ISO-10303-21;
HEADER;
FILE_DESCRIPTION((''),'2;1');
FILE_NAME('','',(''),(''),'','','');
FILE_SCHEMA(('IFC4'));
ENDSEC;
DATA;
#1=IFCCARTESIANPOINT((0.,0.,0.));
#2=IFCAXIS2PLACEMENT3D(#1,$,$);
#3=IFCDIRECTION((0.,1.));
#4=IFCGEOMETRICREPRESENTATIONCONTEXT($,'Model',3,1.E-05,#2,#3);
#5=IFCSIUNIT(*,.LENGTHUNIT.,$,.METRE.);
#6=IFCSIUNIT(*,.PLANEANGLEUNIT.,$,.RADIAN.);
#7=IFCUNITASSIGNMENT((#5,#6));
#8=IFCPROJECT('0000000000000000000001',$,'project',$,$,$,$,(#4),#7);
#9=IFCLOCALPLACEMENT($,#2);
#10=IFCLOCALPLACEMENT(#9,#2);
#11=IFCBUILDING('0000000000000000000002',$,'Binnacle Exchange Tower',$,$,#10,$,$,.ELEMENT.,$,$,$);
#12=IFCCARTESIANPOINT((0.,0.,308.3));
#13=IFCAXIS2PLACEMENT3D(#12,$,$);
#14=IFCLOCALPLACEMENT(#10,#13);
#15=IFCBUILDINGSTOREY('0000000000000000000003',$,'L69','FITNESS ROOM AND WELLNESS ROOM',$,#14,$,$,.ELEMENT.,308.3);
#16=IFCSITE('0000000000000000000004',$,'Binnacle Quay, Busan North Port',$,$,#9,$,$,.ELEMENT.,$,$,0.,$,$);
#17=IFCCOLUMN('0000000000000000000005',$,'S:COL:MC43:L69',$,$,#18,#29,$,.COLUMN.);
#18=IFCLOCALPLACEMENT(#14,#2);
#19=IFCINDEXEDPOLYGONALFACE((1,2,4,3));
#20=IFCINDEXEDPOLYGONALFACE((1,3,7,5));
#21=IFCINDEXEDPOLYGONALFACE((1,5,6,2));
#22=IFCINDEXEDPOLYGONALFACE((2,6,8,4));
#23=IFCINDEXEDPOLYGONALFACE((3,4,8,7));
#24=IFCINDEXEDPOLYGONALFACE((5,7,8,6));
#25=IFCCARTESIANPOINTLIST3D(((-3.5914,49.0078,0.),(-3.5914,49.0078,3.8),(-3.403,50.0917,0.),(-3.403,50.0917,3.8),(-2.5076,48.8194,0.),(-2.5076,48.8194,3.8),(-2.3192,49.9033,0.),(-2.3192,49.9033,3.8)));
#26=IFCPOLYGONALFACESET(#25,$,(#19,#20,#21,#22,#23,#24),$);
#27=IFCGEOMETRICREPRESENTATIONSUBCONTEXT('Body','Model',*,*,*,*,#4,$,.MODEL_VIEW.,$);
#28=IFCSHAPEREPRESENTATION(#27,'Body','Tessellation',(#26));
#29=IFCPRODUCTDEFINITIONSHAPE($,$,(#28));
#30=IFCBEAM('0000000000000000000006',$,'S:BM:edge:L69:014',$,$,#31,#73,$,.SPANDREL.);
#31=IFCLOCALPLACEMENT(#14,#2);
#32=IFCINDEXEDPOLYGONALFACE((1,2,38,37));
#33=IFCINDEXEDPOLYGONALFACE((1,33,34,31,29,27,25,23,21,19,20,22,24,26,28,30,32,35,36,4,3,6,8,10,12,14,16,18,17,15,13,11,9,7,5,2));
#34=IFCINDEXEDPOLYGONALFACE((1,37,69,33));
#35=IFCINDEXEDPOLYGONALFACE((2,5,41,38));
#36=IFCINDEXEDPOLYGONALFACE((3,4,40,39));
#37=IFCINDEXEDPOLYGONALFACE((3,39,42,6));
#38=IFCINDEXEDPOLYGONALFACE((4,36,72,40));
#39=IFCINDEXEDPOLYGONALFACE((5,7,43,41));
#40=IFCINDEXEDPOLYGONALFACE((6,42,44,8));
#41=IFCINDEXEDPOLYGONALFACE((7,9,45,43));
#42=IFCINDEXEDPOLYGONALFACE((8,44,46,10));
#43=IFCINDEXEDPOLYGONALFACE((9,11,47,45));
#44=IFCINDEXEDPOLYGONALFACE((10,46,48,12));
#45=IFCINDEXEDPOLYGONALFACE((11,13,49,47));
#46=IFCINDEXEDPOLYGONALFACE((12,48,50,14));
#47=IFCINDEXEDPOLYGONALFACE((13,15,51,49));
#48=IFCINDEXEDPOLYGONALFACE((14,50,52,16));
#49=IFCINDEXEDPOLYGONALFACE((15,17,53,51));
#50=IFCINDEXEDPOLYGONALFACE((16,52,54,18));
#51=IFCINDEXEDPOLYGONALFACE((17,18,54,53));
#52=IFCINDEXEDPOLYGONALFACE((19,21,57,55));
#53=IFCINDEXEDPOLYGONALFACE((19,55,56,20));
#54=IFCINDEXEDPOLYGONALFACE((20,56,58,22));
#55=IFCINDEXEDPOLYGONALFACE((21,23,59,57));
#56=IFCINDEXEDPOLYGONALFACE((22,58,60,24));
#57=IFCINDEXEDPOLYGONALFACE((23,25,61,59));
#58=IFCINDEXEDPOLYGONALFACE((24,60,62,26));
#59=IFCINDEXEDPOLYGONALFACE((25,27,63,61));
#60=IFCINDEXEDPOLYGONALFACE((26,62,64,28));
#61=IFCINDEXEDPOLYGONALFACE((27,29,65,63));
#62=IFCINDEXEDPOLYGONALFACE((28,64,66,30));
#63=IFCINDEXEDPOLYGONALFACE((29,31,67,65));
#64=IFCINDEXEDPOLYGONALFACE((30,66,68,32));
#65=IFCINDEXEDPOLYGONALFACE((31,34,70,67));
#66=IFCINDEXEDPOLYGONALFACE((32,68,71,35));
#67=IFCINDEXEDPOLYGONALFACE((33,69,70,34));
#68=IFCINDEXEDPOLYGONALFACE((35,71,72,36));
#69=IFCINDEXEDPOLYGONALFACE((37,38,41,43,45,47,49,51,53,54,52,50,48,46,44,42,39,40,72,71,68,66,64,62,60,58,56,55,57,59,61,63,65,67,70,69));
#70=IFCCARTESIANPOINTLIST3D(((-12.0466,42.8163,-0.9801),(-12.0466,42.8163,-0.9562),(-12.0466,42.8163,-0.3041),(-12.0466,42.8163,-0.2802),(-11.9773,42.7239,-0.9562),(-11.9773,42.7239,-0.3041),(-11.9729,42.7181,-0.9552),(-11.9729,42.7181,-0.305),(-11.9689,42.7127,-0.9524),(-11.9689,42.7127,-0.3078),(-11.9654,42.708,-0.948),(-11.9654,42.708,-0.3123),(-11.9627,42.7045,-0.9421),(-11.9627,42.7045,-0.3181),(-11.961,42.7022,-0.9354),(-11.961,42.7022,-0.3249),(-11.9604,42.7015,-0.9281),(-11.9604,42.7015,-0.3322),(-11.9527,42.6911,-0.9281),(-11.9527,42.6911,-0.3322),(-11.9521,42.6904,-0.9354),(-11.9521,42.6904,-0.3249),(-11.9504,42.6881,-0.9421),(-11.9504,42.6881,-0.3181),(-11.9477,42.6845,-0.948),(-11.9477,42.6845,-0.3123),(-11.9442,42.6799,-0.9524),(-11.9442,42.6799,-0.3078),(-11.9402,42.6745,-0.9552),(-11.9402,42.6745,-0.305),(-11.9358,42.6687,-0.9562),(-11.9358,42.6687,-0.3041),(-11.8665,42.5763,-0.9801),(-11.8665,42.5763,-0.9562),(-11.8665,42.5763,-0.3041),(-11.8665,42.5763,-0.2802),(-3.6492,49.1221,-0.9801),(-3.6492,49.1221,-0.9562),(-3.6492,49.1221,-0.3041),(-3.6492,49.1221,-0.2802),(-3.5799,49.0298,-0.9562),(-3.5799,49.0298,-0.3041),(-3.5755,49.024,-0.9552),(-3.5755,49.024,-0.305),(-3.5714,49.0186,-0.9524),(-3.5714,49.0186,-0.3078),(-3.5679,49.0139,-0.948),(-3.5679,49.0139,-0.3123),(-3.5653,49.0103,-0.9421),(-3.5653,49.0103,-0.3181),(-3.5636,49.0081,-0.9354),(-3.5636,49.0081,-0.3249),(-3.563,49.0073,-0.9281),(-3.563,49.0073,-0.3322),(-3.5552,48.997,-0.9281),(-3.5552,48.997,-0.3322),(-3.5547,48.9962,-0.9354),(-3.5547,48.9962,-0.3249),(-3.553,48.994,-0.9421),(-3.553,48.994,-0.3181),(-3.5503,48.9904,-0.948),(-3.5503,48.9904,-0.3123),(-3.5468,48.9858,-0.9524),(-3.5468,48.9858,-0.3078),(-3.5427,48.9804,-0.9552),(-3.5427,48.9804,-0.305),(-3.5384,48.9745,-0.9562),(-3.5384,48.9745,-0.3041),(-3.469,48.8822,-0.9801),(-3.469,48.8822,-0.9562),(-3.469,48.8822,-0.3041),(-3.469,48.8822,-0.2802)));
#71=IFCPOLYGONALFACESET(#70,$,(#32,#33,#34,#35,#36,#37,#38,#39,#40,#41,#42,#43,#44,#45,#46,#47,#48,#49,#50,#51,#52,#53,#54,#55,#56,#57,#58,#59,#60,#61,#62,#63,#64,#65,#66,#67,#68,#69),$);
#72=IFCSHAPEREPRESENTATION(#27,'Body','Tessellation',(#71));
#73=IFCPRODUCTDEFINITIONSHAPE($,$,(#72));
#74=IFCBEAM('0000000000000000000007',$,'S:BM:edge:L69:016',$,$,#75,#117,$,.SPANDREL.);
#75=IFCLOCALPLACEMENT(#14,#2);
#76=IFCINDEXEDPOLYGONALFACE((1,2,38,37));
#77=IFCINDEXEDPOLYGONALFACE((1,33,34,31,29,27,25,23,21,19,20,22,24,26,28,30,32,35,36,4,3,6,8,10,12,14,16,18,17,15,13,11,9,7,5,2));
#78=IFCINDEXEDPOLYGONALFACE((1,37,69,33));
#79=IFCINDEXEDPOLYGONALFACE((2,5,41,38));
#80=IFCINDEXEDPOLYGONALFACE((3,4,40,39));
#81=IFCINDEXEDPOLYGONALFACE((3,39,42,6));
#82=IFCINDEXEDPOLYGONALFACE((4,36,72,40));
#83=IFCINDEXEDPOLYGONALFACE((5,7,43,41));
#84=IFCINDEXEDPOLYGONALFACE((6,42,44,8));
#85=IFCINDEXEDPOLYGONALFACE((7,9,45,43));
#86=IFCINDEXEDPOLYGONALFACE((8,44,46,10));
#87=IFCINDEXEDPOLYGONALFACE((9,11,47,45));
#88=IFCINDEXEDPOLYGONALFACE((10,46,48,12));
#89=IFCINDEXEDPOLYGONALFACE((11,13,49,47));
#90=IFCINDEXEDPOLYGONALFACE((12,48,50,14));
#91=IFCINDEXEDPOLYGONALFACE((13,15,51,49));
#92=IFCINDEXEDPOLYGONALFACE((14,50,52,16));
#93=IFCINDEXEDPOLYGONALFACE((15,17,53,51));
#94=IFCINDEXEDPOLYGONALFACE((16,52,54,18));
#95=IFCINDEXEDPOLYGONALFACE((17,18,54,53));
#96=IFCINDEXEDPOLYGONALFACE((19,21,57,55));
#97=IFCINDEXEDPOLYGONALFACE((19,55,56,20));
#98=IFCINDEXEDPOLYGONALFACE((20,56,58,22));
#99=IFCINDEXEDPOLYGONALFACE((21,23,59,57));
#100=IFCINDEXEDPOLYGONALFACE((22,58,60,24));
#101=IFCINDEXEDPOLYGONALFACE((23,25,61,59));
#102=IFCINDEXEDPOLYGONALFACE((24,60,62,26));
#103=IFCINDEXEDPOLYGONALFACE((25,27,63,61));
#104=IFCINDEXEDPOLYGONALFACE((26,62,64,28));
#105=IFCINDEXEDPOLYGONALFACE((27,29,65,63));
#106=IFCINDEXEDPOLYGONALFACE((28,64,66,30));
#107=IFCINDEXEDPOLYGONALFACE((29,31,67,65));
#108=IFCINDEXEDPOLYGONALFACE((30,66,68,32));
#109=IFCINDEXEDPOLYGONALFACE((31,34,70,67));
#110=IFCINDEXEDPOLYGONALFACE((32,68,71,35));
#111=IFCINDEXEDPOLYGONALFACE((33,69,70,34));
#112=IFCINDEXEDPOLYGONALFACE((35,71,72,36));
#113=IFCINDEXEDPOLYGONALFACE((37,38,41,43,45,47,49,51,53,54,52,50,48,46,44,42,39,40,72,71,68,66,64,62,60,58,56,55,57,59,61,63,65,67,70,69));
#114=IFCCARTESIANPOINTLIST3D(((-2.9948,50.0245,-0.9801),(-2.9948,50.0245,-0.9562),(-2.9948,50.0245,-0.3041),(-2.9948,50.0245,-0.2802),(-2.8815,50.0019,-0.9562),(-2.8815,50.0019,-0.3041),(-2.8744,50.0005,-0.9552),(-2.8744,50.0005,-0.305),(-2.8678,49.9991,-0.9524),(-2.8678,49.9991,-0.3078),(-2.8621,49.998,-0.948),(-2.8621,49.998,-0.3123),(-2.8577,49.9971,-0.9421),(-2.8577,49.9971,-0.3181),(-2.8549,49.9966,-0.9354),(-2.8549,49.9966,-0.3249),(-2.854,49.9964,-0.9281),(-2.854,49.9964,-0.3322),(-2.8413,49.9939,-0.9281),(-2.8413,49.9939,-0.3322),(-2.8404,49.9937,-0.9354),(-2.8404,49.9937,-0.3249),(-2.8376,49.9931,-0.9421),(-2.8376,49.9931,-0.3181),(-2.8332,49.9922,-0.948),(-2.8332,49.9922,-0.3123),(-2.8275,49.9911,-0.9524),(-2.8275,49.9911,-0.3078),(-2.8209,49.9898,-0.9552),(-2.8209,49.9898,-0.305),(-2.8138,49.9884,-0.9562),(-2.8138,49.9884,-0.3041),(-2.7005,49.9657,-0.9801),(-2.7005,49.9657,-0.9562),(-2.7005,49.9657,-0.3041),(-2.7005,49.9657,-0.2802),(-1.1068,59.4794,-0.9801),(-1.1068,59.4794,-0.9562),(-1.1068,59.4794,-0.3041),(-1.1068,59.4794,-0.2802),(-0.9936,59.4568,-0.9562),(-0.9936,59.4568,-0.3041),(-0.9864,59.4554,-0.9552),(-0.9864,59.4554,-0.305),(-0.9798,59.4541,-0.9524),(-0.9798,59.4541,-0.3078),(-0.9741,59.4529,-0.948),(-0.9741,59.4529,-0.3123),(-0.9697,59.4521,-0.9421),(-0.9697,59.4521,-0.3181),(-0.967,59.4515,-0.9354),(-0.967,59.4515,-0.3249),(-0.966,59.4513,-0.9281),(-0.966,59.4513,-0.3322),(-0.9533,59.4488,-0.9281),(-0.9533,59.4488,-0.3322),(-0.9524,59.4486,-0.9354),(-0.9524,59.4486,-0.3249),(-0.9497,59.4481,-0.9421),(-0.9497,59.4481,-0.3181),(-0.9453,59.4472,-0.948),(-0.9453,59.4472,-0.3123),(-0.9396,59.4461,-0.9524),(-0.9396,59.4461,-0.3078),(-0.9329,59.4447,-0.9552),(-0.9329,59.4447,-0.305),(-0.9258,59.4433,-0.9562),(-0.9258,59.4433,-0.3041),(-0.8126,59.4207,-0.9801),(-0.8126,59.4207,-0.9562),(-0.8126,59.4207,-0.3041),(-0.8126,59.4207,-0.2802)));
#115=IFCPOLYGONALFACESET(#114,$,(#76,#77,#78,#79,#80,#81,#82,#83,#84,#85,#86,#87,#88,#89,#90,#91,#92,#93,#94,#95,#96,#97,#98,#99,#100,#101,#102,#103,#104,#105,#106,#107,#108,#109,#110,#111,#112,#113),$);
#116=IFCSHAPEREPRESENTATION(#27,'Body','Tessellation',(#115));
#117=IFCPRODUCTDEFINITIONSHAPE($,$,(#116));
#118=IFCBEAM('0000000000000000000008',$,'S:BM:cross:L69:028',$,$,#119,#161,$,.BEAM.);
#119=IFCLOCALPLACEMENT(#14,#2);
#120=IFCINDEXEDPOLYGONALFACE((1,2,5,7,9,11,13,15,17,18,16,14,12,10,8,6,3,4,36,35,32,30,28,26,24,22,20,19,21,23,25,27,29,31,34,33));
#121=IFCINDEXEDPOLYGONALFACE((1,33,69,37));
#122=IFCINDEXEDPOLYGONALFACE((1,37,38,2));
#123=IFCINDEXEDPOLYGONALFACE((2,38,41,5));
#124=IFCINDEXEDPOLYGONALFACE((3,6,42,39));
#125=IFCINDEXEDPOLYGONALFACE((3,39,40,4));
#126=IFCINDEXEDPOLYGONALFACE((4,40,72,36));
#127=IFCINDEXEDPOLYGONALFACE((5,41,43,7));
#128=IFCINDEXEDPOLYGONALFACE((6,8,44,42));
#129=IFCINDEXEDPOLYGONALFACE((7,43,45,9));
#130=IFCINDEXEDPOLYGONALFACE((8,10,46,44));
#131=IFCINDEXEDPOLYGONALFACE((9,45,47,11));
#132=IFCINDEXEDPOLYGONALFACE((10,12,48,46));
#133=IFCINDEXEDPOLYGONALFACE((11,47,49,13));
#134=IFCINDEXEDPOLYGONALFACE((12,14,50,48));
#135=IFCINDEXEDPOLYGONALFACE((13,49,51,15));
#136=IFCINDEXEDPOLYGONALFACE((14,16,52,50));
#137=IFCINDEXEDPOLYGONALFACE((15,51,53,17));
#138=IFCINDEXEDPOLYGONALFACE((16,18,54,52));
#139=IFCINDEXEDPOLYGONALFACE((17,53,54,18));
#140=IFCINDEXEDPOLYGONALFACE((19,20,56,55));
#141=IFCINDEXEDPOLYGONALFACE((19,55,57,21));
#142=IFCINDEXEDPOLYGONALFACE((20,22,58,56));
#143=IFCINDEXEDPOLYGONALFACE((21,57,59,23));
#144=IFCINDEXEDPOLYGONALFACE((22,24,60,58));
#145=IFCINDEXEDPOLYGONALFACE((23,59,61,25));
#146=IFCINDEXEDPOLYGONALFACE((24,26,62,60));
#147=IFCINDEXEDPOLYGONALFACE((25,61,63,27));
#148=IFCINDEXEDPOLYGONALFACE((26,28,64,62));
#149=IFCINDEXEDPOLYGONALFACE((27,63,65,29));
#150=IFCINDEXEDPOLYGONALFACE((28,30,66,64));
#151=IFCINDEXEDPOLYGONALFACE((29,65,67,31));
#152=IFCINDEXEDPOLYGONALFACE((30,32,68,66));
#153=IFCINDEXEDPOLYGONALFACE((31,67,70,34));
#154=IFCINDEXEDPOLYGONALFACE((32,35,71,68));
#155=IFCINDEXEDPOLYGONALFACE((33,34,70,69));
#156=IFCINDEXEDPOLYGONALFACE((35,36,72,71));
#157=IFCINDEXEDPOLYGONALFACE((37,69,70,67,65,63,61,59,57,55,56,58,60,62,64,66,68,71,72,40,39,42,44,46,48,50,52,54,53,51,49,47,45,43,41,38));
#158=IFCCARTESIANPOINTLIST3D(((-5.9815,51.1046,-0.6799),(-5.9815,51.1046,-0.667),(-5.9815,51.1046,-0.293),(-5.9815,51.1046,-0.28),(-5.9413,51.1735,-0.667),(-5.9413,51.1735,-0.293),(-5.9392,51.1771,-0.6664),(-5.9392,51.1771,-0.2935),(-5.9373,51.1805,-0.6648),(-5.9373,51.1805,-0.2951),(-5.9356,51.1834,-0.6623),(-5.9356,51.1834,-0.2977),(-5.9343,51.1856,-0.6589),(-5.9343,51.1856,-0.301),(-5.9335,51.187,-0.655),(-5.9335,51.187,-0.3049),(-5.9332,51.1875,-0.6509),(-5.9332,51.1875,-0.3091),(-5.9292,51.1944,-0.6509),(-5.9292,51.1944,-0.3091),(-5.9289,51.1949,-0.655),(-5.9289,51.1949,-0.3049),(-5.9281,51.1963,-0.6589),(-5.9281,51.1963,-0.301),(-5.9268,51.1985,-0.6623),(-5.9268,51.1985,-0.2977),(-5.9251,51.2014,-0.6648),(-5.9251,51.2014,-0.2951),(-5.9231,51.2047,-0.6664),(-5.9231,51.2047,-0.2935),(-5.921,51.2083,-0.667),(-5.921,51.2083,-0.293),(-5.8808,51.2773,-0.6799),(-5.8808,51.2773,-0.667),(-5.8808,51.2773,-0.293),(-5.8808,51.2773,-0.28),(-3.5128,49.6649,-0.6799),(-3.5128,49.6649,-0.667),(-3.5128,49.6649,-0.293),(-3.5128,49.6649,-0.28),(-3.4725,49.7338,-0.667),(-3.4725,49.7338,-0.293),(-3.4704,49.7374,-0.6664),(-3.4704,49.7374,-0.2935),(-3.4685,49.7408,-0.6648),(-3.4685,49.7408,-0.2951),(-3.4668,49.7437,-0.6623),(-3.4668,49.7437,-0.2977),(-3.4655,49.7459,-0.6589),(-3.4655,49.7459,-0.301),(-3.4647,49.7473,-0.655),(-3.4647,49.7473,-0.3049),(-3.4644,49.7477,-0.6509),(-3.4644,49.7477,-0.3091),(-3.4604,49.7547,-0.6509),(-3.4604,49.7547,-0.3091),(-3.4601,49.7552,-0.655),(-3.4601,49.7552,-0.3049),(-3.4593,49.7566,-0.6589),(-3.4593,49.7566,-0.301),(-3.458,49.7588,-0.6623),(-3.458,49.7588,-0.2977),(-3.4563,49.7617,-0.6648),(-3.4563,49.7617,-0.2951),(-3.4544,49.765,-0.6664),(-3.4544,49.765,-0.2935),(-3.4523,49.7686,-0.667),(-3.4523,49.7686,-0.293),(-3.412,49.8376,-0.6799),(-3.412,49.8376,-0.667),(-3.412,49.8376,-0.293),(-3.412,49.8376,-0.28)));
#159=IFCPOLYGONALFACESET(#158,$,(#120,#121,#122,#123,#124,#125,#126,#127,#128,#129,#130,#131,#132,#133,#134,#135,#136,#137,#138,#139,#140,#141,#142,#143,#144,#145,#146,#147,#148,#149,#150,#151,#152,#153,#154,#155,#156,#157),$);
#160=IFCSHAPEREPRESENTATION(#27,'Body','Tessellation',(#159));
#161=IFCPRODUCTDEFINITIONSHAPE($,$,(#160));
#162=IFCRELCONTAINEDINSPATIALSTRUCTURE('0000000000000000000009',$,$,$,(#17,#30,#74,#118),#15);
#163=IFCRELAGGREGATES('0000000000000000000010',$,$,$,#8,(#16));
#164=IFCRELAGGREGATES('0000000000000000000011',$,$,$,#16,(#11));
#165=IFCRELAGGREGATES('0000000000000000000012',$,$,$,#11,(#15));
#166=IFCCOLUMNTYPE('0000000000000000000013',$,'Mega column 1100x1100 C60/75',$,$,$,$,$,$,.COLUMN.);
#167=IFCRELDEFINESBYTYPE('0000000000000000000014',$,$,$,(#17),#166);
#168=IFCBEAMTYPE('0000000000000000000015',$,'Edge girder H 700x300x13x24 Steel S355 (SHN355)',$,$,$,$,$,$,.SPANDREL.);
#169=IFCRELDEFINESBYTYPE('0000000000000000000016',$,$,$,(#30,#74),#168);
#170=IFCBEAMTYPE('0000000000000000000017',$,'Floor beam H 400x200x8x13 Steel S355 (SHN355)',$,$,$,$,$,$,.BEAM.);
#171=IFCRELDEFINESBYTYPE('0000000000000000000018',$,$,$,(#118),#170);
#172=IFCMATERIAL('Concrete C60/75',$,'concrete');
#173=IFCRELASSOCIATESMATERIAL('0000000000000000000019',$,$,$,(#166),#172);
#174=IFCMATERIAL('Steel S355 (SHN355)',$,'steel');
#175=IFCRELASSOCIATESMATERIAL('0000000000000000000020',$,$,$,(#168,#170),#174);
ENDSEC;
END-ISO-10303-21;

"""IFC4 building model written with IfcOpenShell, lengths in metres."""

from ifc_helpers import new_model, si_unit, direction, frame, origin, origin_2d, place, context, subcontext, project, spatial, rectangle, i_section, extrude, material, material_profile, profile_set, type_object, element, save


model = new_model("IFC4")

# Units and contexts
model_context = context("Model", 3, precision=1e-05, world=origin(), true_north=direction((0.0, 1.0)))
body_context = subcontext(model_context, "Body", "Model", "MODEL_VIEW")
ifc_project = project(units=[si_unit("LENGTHUNIT", "METRE"), si_unit("PLANEANGLEUNIT", "RADIAN")], contexts=[model_context])

# Site, building, storey
site_placement = place(None, origin())
site = spatial("IfcSite", under=ifc_project, at=site_placement, Name="Binnacle Quay, Busan North Port", CompositionType="ELEMENT", RefElevation=0.0)
building_placement = place(site_placement, origin())
building = spatial("IfcBuilding", under=site, at=building_placement, Name="Binnacle Exchange Tower", CompositionType="ELEMENT")
storey_placement = place(building_placement, frame((0.0, 0.0, 308.3)))
storey = spatial("IfcBuildingStorey", under=building, at=storey_placement, Name="L69", Description="FITNESS ROOM AND WELLNESS ROOM", CompositionType="ELEMENT", Elevation=308.3)

# Column
ifc_material_1 = material(Name="Concrete C60/75", Category="concrete")
ifc_material_profile_1 = material_profile(ifc_material_1, rectangle(XDim=1.1001, YDim=1.1001, at=origin_2d()), Name="Mega column 1100x1100 C60/75")
ifc_profile_set_1 = profile_set([ifc_material_profile_1], Name="Concrete C60/75")
column_type = type_object("IfcColumnType", Name="Mega column 1100x1100 C60/75", PredefinedType="COLUMN", material=ifc_profile_set_1)
column_placement = place(storey_placement, frame((-2.9553, 49.4556, 0.0), z_axis=(0.0, 0.0, 1.0), x_axis=(-0.985226, 0.171259, 0.0)))
element("IfcColumn", 1, at=column_placement, inside=storey, type_object=column_type, Name="S:COL:MC43:L69", PredefinedType="COLUMN", context=body_context, shape_type="SweptSolid", body=[
    extrude(rectangle(XDim=1.1001, YDim=1.1001, at=origin_2d()), origin(), (0.0, 0.0, 1.0), 3.8),
])

# Beams
ifc_material_2 = material(Name="Steel S355 (SHN355)", Category="steel")
ifc_material_profile_2 = material_profile(ifc_material_2, i_section(OverallWidth=0.3, OverallDepth=0.7, WebThickness=0.0129, FlangeThickness=0.0239, FilletRadius=0.0281, at=origin_2d()), Name="H 700x300x13x24")
ifc_profile_set_2 = profile_set([ifc_material_profile_2], Name="Steel S355 (SHN355)")
beam_type_1 = type_object("IfcBeamType", Name="Edge girder H 700x300x13x24 Steel S355 (SHN355)", PredefinedType="SPANDREL", material=ifc_profile_set_2)
beam_1_placement = place(storey_placement, frame((-11.9565, 42.6963, -0.6301), z_axis=(0.799643, 0.600476, 0.0), x_axis=(-0.600476, 0.799643, 0.0)))
element("IfcBeam", 2, at=beam_1_placement, inside=storey, type_object=beam_type_1, Name="S:BM:edge:L69:014", PredefinedType="SPANDREL", context=body_context, shape_type="SweptSolid", body=[
    extrude(i_section(OverallWidth=0.3, OverallDepth=0.7, WebThickness=0.0129, FlangeThickness=0.0239, FilletRadius=0.0281, at=origin_2d()), origin(), (0.0, 0.0, 1.0), 10.5015),
])
beam_2_placement = place(storey_placement, frame((-2.8477, 49.9951, -0.6301), z_axis=(0.195814, 0.980641, 0.0), x_axis=(-0.980641, 0.195814, 0.0)))
element("IfcBeam", 3, at=beam_2_placement, inside=storey, type_object=beam_type_1, Name="S:BM:edge:L69:016", PredefinedType="SPANDREL", context=body_context, shape_type="SweptSolid", body=[
    extrude(i_section(OverallWidth=0.3, OverallDepth=0.7, WebThickness=0.0129, FlangeThickness=0.0239, FilletRadius=0.0281, at=origin_2d()), origin(), (0.0, 0.0, 1.0), 9.6416),
])
ifc_material_profile_3 = material_profile(ifc_material_2, i_section(OverallWidth=0.2, OverallDepth=0.3999, WebThickness=0.0081, FlangeThickness=0.0129, FilletRadius=0.0161, at=origin_2d()), Name="H 400x200x8x13")
ifc_profile_set_3 = profile_set([ifc_material_profile_3], Name="Steel S355 (SHN355)")
beam_type_2 = type_object("IfcBeamType", Name="Floor beam H 400x200x8x13 Steel S355 (SHN355)", PredefinedType="BEAM", material=ifc_profile_set_3)
beam_3_placement = place(storey_placement, frame((-3.4624, 49.7512, -0.48), z_axis=(-0.863841, 0.503765, 0.0), x_axis=(-0.503765, -0.863841, 0.0)))
element("IfcBeam", 4, at=beam_3_placement, inside=storey, type_object=beam_type_2, Name="S:BM:cross:L69:028", PredefinedType="BEAM", context=body_context, shape_type="SweptSolid", body=[
    extrude(i_section(OverallWidth=0.2, OverallDepth=0.3999, WebThickness=0.0081, FlangeThickness=0.0129, FilletRadius=0.0161, at=origin_2d()), origin(), (0.0, 0.0, 1.0), 2.8579),
])

save(model, "model.ifc")
